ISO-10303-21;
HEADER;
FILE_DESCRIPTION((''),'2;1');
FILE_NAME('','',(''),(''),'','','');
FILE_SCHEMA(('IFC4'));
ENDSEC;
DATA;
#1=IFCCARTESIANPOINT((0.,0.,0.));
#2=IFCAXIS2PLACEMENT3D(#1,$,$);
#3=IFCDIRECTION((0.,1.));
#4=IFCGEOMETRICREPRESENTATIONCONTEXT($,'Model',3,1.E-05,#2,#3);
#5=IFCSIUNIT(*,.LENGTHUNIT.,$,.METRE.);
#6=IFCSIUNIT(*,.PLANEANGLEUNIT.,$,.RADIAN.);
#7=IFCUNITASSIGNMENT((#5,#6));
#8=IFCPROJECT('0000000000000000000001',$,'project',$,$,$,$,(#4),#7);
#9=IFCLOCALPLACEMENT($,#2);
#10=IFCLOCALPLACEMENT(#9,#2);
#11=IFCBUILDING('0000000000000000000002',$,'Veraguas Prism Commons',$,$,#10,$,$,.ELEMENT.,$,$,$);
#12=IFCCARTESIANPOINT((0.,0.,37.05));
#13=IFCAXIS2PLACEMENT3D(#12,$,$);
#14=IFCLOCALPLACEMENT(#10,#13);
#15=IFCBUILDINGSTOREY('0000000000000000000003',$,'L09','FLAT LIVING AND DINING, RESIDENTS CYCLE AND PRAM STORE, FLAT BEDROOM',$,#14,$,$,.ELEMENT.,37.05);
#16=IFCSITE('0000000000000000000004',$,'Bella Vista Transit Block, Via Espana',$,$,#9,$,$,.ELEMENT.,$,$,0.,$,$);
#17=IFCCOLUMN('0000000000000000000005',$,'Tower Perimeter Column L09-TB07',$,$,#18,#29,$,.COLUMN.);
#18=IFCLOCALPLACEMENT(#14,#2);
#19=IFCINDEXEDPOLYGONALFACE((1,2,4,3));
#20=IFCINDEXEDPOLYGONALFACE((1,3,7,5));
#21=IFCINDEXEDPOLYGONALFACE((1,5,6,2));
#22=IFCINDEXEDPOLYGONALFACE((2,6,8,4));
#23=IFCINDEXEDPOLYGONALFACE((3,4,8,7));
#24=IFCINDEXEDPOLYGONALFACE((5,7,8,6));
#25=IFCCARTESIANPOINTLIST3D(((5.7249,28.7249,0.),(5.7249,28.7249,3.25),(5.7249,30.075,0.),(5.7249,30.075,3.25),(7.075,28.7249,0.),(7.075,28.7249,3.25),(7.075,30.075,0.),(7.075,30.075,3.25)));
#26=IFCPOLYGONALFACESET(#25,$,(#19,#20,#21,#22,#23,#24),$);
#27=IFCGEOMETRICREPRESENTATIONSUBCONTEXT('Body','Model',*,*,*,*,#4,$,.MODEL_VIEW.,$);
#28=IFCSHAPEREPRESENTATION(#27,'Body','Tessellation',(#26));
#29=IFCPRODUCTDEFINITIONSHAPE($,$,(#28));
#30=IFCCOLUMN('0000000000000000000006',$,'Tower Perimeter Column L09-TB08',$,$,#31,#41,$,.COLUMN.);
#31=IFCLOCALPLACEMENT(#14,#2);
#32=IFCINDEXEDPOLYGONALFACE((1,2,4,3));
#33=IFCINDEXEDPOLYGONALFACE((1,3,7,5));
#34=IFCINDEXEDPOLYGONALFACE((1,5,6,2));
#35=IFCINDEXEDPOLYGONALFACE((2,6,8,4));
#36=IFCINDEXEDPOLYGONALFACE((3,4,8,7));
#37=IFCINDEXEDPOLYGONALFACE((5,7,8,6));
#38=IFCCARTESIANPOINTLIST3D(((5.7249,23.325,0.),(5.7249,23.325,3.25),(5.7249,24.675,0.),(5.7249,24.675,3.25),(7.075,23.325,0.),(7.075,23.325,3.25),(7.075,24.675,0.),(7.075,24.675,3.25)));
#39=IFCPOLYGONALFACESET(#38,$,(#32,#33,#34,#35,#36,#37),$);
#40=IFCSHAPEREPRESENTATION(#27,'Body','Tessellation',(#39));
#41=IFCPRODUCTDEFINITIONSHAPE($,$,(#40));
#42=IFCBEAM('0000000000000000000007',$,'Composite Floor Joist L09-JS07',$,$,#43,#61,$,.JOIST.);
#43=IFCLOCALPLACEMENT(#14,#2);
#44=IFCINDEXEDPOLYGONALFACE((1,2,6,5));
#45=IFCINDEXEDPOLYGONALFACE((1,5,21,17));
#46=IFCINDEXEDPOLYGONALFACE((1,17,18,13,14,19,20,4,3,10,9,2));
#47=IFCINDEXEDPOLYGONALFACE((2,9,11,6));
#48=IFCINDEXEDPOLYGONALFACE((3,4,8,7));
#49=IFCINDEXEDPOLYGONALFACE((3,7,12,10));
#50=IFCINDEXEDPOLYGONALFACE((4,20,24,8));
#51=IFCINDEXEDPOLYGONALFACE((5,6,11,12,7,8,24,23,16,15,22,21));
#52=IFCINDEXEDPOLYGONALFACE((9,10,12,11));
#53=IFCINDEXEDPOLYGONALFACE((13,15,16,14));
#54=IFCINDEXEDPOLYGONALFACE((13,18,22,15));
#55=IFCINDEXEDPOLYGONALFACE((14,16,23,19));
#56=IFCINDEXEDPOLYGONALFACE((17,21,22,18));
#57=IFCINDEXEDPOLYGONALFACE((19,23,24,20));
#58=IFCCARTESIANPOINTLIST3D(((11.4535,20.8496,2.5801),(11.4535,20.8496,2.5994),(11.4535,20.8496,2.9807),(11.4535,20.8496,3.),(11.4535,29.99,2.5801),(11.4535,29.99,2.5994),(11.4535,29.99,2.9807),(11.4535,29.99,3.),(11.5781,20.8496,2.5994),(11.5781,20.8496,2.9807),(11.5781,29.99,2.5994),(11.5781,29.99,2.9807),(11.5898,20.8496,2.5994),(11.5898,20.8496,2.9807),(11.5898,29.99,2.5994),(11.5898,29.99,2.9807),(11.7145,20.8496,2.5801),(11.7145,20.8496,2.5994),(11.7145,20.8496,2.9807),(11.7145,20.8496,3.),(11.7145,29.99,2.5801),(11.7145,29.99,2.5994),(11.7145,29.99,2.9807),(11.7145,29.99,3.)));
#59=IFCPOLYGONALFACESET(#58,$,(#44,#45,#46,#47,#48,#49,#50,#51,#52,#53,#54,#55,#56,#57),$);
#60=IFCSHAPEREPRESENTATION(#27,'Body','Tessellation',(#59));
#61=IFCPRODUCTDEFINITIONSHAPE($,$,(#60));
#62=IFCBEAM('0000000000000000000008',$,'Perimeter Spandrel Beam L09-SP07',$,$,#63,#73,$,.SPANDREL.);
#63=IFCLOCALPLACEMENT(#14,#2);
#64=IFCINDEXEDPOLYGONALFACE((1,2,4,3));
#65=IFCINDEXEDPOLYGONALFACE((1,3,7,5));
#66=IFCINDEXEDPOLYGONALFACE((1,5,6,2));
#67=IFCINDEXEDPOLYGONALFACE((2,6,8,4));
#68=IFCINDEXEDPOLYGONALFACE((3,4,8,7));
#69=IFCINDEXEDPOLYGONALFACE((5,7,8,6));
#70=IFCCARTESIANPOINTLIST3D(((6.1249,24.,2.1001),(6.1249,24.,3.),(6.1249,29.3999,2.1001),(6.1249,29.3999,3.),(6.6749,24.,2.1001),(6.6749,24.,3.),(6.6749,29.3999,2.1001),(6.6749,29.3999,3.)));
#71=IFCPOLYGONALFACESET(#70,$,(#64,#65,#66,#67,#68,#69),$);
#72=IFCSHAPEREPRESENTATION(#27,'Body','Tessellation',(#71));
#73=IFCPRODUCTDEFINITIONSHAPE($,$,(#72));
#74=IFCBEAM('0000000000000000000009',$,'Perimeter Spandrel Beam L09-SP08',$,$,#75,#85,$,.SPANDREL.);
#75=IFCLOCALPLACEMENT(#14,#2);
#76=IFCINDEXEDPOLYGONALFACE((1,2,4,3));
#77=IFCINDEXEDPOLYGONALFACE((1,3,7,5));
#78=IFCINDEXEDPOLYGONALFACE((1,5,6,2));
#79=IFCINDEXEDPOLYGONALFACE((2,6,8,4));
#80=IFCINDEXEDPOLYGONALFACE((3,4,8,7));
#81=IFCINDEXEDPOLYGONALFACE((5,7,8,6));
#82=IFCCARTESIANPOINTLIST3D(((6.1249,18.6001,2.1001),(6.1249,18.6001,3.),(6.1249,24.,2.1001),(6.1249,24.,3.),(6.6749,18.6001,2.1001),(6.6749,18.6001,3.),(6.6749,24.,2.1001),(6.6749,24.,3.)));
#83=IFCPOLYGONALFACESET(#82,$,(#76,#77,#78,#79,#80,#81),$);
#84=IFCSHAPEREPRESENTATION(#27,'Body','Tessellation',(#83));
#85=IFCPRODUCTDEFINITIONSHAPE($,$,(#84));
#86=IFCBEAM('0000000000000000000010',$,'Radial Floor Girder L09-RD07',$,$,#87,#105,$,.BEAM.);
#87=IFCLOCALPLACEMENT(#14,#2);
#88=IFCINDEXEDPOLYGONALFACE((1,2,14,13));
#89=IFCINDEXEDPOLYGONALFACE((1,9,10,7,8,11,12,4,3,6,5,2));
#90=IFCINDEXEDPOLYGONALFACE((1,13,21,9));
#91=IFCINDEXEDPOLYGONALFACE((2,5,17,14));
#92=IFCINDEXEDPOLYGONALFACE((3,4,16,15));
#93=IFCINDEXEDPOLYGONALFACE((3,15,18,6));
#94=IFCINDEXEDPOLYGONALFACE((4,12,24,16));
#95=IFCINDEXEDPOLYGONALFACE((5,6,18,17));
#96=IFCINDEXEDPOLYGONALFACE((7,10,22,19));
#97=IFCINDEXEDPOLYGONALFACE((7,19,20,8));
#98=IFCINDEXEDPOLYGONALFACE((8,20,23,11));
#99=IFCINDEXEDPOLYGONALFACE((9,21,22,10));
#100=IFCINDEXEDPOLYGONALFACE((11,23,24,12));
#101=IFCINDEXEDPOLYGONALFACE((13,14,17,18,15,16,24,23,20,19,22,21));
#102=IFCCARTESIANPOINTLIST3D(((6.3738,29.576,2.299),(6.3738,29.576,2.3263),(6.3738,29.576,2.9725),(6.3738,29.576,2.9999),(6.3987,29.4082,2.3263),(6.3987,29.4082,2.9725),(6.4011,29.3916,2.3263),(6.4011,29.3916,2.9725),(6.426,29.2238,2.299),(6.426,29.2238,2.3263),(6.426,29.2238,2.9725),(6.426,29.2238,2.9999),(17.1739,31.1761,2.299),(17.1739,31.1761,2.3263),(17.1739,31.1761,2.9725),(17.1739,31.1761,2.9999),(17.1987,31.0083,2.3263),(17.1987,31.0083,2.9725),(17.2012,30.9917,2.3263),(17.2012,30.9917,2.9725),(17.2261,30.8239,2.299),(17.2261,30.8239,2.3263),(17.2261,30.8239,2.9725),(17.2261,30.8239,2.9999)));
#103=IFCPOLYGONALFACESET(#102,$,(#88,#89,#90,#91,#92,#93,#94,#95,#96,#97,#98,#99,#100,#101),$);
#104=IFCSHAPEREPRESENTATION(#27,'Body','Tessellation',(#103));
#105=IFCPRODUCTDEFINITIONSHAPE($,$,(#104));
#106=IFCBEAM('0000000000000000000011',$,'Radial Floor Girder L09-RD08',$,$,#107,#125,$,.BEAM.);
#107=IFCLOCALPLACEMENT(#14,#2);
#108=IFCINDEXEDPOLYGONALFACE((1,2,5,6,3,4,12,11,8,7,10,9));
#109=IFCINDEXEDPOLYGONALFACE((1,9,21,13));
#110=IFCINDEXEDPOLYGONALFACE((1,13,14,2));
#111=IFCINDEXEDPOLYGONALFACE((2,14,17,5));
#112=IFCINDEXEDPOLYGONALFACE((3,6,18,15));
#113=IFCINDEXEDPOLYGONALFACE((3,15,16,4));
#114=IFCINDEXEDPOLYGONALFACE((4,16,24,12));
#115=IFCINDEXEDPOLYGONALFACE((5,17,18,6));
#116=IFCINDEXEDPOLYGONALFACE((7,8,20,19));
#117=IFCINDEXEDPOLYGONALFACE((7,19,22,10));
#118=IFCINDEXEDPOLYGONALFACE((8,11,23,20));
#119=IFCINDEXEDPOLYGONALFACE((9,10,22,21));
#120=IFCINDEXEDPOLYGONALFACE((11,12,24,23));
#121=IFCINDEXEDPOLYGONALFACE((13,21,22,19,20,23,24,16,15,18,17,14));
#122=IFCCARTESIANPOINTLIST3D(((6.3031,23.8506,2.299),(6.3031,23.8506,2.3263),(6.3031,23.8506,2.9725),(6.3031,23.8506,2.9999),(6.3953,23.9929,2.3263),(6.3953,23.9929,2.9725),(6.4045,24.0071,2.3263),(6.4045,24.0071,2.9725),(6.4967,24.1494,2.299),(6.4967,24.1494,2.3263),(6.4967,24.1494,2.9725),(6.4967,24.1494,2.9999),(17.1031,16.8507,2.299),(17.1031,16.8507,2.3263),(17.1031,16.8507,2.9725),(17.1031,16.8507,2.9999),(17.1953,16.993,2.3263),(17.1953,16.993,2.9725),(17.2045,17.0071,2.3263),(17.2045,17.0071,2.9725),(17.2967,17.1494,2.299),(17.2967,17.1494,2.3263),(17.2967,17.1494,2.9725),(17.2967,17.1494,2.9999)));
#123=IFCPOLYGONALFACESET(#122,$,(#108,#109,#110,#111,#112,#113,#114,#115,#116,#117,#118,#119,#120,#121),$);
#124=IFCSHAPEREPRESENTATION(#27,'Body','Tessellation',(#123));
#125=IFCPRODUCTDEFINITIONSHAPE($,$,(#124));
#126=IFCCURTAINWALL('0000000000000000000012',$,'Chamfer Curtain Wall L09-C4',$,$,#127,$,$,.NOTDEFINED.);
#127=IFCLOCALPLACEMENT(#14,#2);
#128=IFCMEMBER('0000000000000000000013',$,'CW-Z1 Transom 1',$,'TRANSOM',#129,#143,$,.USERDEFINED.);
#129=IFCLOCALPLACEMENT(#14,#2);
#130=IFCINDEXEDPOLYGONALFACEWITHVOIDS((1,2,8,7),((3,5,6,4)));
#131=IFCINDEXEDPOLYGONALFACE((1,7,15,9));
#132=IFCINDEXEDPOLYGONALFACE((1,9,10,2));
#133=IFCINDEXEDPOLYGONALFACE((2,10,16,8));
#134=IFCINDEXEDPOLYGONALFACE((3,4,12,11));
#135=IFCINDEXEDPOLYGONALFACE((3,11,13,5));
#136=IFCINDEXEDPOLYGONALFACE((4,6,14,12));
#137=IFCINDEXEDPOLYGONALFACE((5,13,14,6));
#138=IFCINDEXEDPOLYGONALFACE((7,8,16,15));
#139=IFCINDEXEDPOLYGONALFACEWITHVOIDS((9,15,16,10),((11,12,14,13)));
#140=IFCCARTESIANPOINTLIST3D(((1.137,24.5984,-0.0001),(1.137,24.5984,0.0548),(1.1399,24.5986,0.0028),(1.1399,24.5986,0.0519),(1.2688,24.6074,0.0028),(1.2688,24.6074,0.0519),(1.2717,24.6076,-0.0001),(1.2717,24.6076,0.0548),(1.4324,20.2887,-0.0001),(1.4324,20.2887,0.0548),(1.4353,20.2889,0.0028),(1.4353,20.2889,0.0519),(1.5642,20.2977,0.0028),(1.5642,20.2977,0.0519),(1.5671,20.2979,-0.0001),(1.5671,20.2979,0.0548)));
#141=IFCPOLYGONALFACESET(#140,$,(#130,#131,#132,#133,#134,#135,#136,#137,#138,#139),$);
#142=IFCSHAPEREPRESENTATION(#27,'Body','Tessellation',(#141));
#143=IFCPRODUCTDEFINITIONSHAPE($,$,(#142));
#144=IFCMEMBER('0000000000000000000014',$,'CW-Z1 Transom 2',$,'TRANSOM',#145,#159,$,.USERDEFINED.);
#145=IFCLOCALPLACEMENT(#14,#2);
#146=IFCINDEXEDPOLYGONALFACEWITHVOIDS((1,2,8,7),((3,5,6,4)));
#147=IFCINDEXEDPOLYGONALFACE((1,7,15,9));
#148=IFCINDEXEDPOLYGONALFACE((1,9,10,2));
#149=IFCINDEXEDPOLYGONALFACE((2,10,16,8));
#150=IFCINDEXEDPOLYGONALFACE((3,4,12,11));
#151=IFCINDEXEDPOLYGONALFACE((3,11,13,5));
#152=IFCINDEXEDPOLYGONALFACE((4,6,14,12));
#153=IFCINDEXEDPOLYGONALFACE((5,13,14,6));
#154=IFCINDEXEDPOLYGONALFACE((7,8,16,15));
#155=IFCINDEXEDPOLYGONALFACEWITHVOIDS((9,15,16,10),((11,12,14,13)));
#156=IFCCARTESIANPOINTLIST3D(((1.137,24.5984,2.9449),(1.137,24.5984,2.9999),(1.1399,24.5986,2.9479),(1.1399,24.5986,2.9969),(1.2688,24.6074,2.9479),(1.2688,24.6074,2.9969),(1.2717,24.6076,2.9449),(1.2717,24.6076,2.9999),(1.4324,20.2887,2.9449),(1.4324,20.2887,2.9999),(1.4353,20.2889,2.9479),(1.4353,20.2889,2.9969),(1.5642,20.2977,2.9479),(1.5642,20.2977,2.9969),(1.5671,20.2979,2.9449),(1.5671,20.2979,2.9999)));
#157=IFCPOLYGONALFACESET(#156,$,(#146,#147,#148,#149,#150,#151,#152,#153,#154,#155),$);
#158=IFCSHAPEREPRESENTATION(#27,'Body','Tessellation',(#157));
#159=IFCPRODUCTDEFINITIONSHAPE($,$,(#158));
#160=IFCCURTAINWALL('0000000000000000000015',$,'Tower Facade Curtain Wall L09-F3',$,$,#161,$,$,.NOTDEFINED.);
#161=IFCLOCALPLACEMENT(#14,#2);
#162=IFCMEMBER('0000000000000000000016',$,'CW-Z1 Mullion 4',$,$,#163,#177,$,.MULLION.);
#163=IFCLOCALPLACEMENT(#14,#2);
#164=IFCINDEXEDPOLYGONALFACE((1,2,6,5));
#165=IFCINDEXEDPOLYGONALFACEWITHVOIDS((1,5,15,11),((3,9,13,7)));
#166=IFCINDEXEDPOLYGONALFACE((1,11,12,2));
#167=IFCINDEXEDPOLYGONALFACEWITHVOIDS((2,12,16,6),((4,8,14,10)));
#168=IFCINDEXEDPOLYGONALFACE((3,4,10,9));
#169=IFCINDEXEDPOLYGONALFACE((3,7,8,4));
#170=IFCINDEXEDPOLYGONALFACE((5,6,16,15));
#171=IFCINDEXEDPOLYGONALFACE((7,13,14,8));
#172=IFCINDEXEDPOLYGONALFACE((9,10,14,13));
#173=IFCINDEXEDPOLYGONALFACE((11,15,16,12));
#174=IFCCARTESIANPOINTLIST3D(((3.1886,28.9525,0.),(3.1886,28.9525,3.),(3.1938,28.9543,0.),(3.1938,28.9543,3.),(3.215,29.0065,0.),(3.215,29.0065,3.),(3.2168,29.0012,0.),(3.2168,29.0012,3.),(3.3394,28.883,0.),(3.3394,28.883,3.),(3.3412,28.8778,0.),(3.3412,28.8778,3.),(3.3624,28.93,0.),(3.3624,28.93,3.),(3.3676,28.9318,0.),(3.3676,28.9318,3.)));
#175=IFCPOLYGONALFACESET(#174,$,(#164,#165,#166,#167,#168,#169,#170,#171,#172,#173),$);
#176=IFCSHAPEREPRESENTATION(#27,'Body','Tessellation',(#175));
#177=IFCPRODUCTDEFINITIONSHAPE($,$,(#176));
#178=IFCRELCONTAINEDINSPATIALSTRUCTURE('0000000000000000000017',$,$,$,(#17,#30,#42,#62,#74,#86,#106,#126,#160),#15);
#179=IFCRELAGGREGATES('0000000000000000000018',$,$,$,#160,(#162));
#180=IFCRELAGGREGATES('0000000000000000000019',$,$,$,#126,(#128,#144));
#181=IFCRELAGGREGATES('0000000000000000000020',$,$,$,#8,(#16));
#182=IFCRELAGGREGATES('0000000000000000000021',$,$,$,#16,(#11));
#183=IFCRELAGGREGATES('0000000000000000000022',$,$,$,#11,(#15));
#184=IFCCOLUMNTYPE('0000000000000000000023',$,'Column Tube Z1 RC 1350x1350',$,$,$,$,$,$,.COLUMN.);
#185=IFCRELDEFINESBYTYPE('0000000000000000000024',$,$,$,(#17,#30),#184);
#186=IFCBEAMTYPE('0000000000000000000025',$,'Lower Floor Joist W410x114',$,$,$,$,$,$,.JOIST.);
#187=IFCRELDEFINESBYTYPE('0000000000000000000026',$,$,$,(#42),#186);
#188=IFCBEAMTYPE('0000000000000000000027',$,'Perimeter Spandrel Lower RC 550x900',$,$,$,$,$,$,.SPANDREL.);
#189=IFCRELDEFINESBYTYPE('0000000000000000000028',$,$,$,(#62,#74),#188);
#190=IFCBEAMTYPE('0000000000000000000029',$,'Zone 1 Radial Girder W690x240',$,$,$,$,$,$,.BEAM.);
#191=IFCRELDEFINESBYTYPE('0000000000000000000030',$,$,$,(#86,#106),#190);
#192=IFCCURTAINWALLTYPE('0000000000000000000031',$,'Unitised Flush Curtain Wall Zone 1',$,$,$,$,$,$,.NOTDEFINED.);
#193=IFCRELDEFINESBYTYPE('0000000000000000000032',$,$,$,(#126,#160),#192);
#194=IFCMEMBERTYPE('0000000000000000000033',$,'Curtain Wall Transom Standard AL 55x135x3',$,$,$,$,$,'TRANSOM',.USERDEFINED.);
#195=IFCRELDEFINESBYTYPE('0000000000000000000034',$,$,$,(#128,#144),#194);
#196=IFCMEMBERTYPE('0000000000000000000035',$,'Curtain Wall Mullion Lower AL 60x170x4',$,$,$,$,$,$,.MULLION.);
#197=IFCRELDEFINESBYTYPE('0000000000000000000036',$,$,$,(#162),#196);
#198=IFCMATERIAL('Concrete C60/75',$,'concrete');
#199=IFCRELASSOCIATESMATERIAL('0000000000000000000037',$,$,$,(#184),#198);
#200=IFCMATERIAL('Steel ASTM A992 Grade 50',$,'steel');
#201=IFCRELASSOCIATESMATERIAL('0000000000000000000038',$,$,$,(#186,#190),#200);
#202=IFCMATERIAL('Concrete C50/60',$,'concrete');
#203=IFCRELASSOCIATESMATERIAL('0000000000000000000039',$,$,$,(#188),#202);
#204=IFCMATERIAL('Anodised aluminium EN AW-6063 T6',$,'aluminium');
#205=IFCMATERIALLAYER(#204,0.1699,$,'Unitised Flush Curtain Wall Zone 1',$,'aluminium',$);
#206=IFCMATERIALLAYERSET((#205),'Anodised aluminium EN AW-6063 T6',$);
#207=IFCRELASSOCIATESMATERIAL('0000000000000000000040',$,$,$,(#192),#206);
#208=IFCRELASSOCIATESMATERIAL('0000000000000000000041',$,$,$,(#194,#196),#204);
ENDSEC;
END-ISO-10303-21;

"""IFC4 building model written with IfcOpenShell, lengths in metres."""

from ifc_helpers import new_model, si_unit, direction, frame, origin, origin_2d, place, context, subcontext, project, spatial, rectangle, hollow_rectangle, i_section, extrude, source, transform, mapped, material, layer, layer_set, material_profile, profile_set, type_object, element, aggregate, save


model = new_model("IFC4")

# Units and contexts
model_context = context("Model", 3, precision=1e-05, world=origin(), true_north=direction((0.0, 1.0)))
body_context = subcontext(model_context, "Body", "Model", "MODEL_VIEW")
ifc_project = project(units=[si_unit("LENGTHUNIT", "METRE"), si_unit("PLANEANGLEUNIT", "RADIAN")], contexts=[model_context])

# Site, building, storey
site_placement = place(None, origin())
site = spatial("IfcSite", under=ifc_project, at=site_placement, Name="Bella Vista Transit Block, Via Espana", CompositionType="ELEMENT", RefElevation=0.0)
building_placement = place(site_placement, origin())
building = spatial("IfcBuilding", under=site, at=building_placement, Name="Veraguas Prism Commons", CompositionType="ELEMENT")
storey_placement = place(building_placement, frame((0.0, 0.0, 37.05)))
storey = spatial("IfcBuildingStorey", under=building, at=storey_placement, Name="L09", Description="FLAT LIVING AND DINING, RESIDENTS CYCLE AND PRAM STORE, FLAT BEDROOM", CompositionType="ELEMENT", Elevation=37.05)

# Columns
ifc_material_1 = material(Name="Concrete C60/75", Category="concrete")
ifc_material_profile_1 = material_profile(ifc_material_1, rectangle(XDim=1.3501, YDim=1.3501, at=origin_2d()), Name="RC1350X1350")
ifc_profile_set_1 = profile_set([ifc_material_profile_1], Name="Concrete C60/75")
column_type = type_object("IfcColumnType", Name="Column Tube Z1 RC 1350x1350", PredefinedType="COLUMN", material=ifc_profile_set_1)
for number, where, z_axis, x_axis, name in (
    (1, (6.3999, 29.3999, 0.0), (0.0, 0.0, 1.0), (1.0, 0.0, 0.0), "Tower Perimeter Column L09-TB07"),
    (2, (6.3999, 24.0, 0.0), (0.0, 0.0, 1.0), (1.0, 0.0, 0.0), "Tower Perimeter Column L09-TB08"),
):
    element("IfcColumn", number, at=place(storey_placement, frame(where, z_axis=z_axis, x_axis=x_axis)), inside=storey, type_object=column_type, Name=name, PredefinedType="COLUMN", context=body_context, shape_type="SweptSolid", body=[
        extrude(rectangle(XDim=1.3501, YDim=1.3501, at=origin_2d()), origin(), (0.0, 0.0, 1.0), 3.25),
    ])

# Beams
ifc_material_2 = material(Name="Steel ASTM A992 Grade 50", Category="steel")
ifc_material_profile_2 = material_profile(ifc_material_2, i_section(OverallWidth=0.261, OverallDepth=0.4199, WebThickness=0.0117, FlangeThickness=0.0193, at=origin_2d()), Name="W410X114")
ifc_profile_set_2 = profile_set([ifc_material_profile_2], Name="Steel ASTM A992 Grade 50")
beam_type_1 = type_object("IfcBeamType", Name="Lower Floor Joist W410x114", PredefinedType="JOIST", material=ifc_profile_set_2)
beam_1_placement = place(storey_placement, frame((11.584, 29.99, 2.79), z_axis=(0.0, -1.0, 0.0), x_axis=(1.0, 0.0, 0.0)))
element("IfcBeam", 3, at=beam_1_placement, inside=storey, type_object=beam_type_1, Name="Composite Floor Joist L09-JS07", PredefinedType="JOIST", context=body_context, shape_type="SweptSolid", body=[
    extrude(i_section(OverallWidth=0.261, OverallDepth=0.4199, WebThickness=0.0117, FlangeThickness=0.0193, at=origin_2d()), origin(), (0.0, 0.0, 1.0), 9.1404),
])
ifc_material_3 = material(Name="Concrete C50/60", Category="concrete")
ifc_material_profile_3 = material_profile(ifc_material_3, rectangle(XDim=0.55, YDim=0.8999, at=origin_2d()), Name="RC550X900")
ifc_profile_set_3 = profile_set([ifc_material_profile_3], Name="Concrete C50/60")
beam_type_2 = type_object("IfcBeamType", Name="Perimeter Spandrel Lower RC 550x900", PredefinedType="SPANDREL", material=ifc_profile_set_3)
for number, where, z_axis, x_axis, name in (
    (4, (6.3999, 29.3999, 2.55), (0.0, -1.0, 0.0), (1.0, 0.0, 0.0), "Perimeter Spandrel Beam L09-SP07"),
    (5, (6.3999, 24.0, 2.55), (0.0, -1.0, 0.0), (1.0, 0.0, 0.0), "Perimeter Spandrel Beam L09-SP08"),
):
    element("IfcBeam", number, at=place(storey_placement, frame(where, z_axis=z_axis, x_axis=x_axis)), inside=storey, type_object=beam_type_2, Name=name, PredefinedType="SPANDREL", context=body_context, shape_type="SweptSolid", body=[
        extrude(rectangle(XDim=0.55, YDim=0.8999, at=origin_2d()), origin(), (0.0, 0.0, 1.0), 5.3999),
    ])
ifc_material_profile_4 = material_profile(ifc_material_2, i_section(OverallWidth=0.356, OverallDepth=0.7009, WebThickness=0.0168, FlangeThickness=0.0273, at=origin_2d()), Name="W690X240")
ifc_profile_set_4 = profile_set([ifc_material_profile_4], Name="Steel ASTM A992 Grade 50")
beam_type_3 = type_object("IfcBeamType", Name="Zone 1 Radial Girder W690x240", PredefinedType="BEAM", material=ifc_profile_set_4)
beam_2_placement = place(storey_placement, frame((6.3999, 29.3999, 2.6494), z_axis=(0.989202, 0.146557, 0.0), x_axis=(-0.146557, 0.989202, 0.0)))
element("IfcBeam", 6, at=beam_2_placement, inside=storey, type_object=beam_type_3, Name="Radial Floor Girder L09-RD07", PredefinedType="BEAM", context=body_context, shape_type="SweptSolid", body=[
    extrude(i_section(OverallWidth=0.356, OverallDepth=0.7009, WebThickness=0.0168, FlangeThickness=0.0273, at=origin_2d()), origin(), (0.0, 0.0, 1.0), 10.918),
])
beam_3_placement = place(storey_placement, frame((6.3999, 24.0, 2.6494), z_axis=(0.839154, -0.543894, 0.0), x_axis=(0.543894, 0.839154, 0.0)))
element("IfcBeam", 7, at=beam_3_placement, inside=storey, type_object=beam_type_3, Name="Radial Floor Girder L09-RD08", PredefinedType="BEAM", context=body_context, shape_type="SweptSolid", body=[
    extrude(i_section(OverallWidth=0.356, OverallDepth=0.7009, WebThickness=0.0168, FlangeThickness=0.0273, at=origin_2d()), origin(), (0.0, 0.0, 1.0), 12.8701),
])

# Curtain walls, members
ifc_material_4 = material(Name="Anodised aluminium EN AW-6063 T6", Category="aluminium")
ifc_layer_1 = layer(ifc_material_4, 0.1699, Name="Unitised Flush Curtain Wall Zone 1", Category="aluminium")
ifc_layer_set_1 = layer_set([ifc_layer_1], Name="Anodised aluminium EN AW-6063 T6")
curtain_wall_type = type_object("IfcCurtainWallType", Name="Unitised Flush Curtain Wall Zone 1", PredefinedType="NOTDEFINED", material=ifc_layer_set_1)
curtain_wall_1_placement = place(storey_placement, origin())
curtain_wall_1 = element("IfcCurtainWall", 8, at=curtain_wall_1_placement, inside=storey, type_object=curtain_wall_type, Name="Chamfer Curtain Wall L09-C4", PredefinedType="NOTDEFINED")
ifc_material_profile_5 = material_profile(ifc_material_4, hollow_rectangle(XDim=0.0549, YDim=0.135, WallThickness=0.0029, at=origin_2d()), Name="AL55X135X3")
ifc_profile_set_5 = profile_set([ifc_material_profile_5], Name="Anodised aluminium EN AW-6063 T6")
member_type_1 = type_object("IfcMemberType", Name="Curtain Wall Transom Standard AL 55x135x3", ElementType="TRANSOM", PredefinedType="USERDEFINED", material=ifc_profile_set_5)
shared_shape_1 = source(origin(), body_context, "Body", "SweptSolid", [
    extrude(hollow_rectangle(XDim=0.0549, YDim=0.135, WallThickness=0.0029, at=origin_2d()), origin(), (0.0, 0.0, 1.0), 4.3198),
])
member_1_placement = place(storey_placement, frame((1.2043, 24.603, 0.0273), z_axis=(0.068383, -0.997659, 0.0), x_axis=(0.0, 0.0, 1.0)))
member_1 = element("IfcMember", 9, at=member_1_placement, type_object=member_type_1, Name="CW-Z1 Transom 1", ObjectType="TRANSOM", PredefinedType="USERDEFINED", context=body_context, shape_type="MappedRepresentation", body=[
    mapped(shared_shape_1, transform((0.0, 0.0, 0.0), scale=1.0)),
])
member_2_placement = place(storey_placement, frame((1.2043, 24.603, 2.9724), z_axis=(0.068383, -0.997659, 0.0), x_axis=(0.0, 0.0, 1.0)))
member_2 = element("IfcMember", 10, at=member_2_placement, type_object=member_type_1, Name="CW-Z1 Transom 2", ObjectType="TRANSOM", PredefinedType="USERDEFINED", context=body_context, shape_type="MappedRepresentation", body=[
    mapped(shared_shape_1, transform((0.0, 0.0, 0.0), scale=1.0)),
])
curtain_wall_2_placement = place(storey_placement, origin())
curtain_wall_2 = element("IfcCurtainWall", 11, at=curtain_wall_2_placement, inside=storey, type_object=curtain_wall_type, Name="Tower Facade Curtain Wall L09-F3", PredefinedType="NOTDEFINED")
ifc_material_profile_6 = material_profile(ifc_material_4, hollow_rectangle(XDim=0.0601, YDim=0.1699, WallThickness=0.0039, at=origin_2d()), Name="AL60X170X4")
ifc_profile_set_6 = profile_set([ifc_material_profile_6], Name="Anodised aluminium EN AW-6063 T6")
member_type_2 = type_object("IfcMemberType", Name="Curtain Wall Mullion Lower AL 60x170x4", PredefinedType="MULLION", material=ifc_profile_set_6)
shared_shape_2 = source(origin(), body_context, "Body", "SweptSolid", [
    extrude(hollow_rectangle(XDim=0.0601, YDim=0.1699, WallThickness=0.0039, at=origin_2d()), origin(), (0.0, 0.0, 1.0), 3.0),
])
member_3_placement = place(storey_placement, frame((3.2781, 28.9421, 0.0), z_axis=(0.0, 0.0, 1.0), x_axis=(-0.439626, -0.898181, 0.0)))
member_3 = element("IfcMember", 12, at=member_3_placement, type_object=member_type_2, Name="CW-Z1 Mullion 4", PredefinedType="MULLION", context=body_context, shape_type="MappedRepresentation", body=[
    mapped(shared_shape_2, transform((0.0, 0.0, 0.0), scale=1.0)),
])

aggregate(curtain_wall_2, [member_3])
aggregate(curtain_wall_1, [member_1, member_2])

save(model, "model.ifc")
